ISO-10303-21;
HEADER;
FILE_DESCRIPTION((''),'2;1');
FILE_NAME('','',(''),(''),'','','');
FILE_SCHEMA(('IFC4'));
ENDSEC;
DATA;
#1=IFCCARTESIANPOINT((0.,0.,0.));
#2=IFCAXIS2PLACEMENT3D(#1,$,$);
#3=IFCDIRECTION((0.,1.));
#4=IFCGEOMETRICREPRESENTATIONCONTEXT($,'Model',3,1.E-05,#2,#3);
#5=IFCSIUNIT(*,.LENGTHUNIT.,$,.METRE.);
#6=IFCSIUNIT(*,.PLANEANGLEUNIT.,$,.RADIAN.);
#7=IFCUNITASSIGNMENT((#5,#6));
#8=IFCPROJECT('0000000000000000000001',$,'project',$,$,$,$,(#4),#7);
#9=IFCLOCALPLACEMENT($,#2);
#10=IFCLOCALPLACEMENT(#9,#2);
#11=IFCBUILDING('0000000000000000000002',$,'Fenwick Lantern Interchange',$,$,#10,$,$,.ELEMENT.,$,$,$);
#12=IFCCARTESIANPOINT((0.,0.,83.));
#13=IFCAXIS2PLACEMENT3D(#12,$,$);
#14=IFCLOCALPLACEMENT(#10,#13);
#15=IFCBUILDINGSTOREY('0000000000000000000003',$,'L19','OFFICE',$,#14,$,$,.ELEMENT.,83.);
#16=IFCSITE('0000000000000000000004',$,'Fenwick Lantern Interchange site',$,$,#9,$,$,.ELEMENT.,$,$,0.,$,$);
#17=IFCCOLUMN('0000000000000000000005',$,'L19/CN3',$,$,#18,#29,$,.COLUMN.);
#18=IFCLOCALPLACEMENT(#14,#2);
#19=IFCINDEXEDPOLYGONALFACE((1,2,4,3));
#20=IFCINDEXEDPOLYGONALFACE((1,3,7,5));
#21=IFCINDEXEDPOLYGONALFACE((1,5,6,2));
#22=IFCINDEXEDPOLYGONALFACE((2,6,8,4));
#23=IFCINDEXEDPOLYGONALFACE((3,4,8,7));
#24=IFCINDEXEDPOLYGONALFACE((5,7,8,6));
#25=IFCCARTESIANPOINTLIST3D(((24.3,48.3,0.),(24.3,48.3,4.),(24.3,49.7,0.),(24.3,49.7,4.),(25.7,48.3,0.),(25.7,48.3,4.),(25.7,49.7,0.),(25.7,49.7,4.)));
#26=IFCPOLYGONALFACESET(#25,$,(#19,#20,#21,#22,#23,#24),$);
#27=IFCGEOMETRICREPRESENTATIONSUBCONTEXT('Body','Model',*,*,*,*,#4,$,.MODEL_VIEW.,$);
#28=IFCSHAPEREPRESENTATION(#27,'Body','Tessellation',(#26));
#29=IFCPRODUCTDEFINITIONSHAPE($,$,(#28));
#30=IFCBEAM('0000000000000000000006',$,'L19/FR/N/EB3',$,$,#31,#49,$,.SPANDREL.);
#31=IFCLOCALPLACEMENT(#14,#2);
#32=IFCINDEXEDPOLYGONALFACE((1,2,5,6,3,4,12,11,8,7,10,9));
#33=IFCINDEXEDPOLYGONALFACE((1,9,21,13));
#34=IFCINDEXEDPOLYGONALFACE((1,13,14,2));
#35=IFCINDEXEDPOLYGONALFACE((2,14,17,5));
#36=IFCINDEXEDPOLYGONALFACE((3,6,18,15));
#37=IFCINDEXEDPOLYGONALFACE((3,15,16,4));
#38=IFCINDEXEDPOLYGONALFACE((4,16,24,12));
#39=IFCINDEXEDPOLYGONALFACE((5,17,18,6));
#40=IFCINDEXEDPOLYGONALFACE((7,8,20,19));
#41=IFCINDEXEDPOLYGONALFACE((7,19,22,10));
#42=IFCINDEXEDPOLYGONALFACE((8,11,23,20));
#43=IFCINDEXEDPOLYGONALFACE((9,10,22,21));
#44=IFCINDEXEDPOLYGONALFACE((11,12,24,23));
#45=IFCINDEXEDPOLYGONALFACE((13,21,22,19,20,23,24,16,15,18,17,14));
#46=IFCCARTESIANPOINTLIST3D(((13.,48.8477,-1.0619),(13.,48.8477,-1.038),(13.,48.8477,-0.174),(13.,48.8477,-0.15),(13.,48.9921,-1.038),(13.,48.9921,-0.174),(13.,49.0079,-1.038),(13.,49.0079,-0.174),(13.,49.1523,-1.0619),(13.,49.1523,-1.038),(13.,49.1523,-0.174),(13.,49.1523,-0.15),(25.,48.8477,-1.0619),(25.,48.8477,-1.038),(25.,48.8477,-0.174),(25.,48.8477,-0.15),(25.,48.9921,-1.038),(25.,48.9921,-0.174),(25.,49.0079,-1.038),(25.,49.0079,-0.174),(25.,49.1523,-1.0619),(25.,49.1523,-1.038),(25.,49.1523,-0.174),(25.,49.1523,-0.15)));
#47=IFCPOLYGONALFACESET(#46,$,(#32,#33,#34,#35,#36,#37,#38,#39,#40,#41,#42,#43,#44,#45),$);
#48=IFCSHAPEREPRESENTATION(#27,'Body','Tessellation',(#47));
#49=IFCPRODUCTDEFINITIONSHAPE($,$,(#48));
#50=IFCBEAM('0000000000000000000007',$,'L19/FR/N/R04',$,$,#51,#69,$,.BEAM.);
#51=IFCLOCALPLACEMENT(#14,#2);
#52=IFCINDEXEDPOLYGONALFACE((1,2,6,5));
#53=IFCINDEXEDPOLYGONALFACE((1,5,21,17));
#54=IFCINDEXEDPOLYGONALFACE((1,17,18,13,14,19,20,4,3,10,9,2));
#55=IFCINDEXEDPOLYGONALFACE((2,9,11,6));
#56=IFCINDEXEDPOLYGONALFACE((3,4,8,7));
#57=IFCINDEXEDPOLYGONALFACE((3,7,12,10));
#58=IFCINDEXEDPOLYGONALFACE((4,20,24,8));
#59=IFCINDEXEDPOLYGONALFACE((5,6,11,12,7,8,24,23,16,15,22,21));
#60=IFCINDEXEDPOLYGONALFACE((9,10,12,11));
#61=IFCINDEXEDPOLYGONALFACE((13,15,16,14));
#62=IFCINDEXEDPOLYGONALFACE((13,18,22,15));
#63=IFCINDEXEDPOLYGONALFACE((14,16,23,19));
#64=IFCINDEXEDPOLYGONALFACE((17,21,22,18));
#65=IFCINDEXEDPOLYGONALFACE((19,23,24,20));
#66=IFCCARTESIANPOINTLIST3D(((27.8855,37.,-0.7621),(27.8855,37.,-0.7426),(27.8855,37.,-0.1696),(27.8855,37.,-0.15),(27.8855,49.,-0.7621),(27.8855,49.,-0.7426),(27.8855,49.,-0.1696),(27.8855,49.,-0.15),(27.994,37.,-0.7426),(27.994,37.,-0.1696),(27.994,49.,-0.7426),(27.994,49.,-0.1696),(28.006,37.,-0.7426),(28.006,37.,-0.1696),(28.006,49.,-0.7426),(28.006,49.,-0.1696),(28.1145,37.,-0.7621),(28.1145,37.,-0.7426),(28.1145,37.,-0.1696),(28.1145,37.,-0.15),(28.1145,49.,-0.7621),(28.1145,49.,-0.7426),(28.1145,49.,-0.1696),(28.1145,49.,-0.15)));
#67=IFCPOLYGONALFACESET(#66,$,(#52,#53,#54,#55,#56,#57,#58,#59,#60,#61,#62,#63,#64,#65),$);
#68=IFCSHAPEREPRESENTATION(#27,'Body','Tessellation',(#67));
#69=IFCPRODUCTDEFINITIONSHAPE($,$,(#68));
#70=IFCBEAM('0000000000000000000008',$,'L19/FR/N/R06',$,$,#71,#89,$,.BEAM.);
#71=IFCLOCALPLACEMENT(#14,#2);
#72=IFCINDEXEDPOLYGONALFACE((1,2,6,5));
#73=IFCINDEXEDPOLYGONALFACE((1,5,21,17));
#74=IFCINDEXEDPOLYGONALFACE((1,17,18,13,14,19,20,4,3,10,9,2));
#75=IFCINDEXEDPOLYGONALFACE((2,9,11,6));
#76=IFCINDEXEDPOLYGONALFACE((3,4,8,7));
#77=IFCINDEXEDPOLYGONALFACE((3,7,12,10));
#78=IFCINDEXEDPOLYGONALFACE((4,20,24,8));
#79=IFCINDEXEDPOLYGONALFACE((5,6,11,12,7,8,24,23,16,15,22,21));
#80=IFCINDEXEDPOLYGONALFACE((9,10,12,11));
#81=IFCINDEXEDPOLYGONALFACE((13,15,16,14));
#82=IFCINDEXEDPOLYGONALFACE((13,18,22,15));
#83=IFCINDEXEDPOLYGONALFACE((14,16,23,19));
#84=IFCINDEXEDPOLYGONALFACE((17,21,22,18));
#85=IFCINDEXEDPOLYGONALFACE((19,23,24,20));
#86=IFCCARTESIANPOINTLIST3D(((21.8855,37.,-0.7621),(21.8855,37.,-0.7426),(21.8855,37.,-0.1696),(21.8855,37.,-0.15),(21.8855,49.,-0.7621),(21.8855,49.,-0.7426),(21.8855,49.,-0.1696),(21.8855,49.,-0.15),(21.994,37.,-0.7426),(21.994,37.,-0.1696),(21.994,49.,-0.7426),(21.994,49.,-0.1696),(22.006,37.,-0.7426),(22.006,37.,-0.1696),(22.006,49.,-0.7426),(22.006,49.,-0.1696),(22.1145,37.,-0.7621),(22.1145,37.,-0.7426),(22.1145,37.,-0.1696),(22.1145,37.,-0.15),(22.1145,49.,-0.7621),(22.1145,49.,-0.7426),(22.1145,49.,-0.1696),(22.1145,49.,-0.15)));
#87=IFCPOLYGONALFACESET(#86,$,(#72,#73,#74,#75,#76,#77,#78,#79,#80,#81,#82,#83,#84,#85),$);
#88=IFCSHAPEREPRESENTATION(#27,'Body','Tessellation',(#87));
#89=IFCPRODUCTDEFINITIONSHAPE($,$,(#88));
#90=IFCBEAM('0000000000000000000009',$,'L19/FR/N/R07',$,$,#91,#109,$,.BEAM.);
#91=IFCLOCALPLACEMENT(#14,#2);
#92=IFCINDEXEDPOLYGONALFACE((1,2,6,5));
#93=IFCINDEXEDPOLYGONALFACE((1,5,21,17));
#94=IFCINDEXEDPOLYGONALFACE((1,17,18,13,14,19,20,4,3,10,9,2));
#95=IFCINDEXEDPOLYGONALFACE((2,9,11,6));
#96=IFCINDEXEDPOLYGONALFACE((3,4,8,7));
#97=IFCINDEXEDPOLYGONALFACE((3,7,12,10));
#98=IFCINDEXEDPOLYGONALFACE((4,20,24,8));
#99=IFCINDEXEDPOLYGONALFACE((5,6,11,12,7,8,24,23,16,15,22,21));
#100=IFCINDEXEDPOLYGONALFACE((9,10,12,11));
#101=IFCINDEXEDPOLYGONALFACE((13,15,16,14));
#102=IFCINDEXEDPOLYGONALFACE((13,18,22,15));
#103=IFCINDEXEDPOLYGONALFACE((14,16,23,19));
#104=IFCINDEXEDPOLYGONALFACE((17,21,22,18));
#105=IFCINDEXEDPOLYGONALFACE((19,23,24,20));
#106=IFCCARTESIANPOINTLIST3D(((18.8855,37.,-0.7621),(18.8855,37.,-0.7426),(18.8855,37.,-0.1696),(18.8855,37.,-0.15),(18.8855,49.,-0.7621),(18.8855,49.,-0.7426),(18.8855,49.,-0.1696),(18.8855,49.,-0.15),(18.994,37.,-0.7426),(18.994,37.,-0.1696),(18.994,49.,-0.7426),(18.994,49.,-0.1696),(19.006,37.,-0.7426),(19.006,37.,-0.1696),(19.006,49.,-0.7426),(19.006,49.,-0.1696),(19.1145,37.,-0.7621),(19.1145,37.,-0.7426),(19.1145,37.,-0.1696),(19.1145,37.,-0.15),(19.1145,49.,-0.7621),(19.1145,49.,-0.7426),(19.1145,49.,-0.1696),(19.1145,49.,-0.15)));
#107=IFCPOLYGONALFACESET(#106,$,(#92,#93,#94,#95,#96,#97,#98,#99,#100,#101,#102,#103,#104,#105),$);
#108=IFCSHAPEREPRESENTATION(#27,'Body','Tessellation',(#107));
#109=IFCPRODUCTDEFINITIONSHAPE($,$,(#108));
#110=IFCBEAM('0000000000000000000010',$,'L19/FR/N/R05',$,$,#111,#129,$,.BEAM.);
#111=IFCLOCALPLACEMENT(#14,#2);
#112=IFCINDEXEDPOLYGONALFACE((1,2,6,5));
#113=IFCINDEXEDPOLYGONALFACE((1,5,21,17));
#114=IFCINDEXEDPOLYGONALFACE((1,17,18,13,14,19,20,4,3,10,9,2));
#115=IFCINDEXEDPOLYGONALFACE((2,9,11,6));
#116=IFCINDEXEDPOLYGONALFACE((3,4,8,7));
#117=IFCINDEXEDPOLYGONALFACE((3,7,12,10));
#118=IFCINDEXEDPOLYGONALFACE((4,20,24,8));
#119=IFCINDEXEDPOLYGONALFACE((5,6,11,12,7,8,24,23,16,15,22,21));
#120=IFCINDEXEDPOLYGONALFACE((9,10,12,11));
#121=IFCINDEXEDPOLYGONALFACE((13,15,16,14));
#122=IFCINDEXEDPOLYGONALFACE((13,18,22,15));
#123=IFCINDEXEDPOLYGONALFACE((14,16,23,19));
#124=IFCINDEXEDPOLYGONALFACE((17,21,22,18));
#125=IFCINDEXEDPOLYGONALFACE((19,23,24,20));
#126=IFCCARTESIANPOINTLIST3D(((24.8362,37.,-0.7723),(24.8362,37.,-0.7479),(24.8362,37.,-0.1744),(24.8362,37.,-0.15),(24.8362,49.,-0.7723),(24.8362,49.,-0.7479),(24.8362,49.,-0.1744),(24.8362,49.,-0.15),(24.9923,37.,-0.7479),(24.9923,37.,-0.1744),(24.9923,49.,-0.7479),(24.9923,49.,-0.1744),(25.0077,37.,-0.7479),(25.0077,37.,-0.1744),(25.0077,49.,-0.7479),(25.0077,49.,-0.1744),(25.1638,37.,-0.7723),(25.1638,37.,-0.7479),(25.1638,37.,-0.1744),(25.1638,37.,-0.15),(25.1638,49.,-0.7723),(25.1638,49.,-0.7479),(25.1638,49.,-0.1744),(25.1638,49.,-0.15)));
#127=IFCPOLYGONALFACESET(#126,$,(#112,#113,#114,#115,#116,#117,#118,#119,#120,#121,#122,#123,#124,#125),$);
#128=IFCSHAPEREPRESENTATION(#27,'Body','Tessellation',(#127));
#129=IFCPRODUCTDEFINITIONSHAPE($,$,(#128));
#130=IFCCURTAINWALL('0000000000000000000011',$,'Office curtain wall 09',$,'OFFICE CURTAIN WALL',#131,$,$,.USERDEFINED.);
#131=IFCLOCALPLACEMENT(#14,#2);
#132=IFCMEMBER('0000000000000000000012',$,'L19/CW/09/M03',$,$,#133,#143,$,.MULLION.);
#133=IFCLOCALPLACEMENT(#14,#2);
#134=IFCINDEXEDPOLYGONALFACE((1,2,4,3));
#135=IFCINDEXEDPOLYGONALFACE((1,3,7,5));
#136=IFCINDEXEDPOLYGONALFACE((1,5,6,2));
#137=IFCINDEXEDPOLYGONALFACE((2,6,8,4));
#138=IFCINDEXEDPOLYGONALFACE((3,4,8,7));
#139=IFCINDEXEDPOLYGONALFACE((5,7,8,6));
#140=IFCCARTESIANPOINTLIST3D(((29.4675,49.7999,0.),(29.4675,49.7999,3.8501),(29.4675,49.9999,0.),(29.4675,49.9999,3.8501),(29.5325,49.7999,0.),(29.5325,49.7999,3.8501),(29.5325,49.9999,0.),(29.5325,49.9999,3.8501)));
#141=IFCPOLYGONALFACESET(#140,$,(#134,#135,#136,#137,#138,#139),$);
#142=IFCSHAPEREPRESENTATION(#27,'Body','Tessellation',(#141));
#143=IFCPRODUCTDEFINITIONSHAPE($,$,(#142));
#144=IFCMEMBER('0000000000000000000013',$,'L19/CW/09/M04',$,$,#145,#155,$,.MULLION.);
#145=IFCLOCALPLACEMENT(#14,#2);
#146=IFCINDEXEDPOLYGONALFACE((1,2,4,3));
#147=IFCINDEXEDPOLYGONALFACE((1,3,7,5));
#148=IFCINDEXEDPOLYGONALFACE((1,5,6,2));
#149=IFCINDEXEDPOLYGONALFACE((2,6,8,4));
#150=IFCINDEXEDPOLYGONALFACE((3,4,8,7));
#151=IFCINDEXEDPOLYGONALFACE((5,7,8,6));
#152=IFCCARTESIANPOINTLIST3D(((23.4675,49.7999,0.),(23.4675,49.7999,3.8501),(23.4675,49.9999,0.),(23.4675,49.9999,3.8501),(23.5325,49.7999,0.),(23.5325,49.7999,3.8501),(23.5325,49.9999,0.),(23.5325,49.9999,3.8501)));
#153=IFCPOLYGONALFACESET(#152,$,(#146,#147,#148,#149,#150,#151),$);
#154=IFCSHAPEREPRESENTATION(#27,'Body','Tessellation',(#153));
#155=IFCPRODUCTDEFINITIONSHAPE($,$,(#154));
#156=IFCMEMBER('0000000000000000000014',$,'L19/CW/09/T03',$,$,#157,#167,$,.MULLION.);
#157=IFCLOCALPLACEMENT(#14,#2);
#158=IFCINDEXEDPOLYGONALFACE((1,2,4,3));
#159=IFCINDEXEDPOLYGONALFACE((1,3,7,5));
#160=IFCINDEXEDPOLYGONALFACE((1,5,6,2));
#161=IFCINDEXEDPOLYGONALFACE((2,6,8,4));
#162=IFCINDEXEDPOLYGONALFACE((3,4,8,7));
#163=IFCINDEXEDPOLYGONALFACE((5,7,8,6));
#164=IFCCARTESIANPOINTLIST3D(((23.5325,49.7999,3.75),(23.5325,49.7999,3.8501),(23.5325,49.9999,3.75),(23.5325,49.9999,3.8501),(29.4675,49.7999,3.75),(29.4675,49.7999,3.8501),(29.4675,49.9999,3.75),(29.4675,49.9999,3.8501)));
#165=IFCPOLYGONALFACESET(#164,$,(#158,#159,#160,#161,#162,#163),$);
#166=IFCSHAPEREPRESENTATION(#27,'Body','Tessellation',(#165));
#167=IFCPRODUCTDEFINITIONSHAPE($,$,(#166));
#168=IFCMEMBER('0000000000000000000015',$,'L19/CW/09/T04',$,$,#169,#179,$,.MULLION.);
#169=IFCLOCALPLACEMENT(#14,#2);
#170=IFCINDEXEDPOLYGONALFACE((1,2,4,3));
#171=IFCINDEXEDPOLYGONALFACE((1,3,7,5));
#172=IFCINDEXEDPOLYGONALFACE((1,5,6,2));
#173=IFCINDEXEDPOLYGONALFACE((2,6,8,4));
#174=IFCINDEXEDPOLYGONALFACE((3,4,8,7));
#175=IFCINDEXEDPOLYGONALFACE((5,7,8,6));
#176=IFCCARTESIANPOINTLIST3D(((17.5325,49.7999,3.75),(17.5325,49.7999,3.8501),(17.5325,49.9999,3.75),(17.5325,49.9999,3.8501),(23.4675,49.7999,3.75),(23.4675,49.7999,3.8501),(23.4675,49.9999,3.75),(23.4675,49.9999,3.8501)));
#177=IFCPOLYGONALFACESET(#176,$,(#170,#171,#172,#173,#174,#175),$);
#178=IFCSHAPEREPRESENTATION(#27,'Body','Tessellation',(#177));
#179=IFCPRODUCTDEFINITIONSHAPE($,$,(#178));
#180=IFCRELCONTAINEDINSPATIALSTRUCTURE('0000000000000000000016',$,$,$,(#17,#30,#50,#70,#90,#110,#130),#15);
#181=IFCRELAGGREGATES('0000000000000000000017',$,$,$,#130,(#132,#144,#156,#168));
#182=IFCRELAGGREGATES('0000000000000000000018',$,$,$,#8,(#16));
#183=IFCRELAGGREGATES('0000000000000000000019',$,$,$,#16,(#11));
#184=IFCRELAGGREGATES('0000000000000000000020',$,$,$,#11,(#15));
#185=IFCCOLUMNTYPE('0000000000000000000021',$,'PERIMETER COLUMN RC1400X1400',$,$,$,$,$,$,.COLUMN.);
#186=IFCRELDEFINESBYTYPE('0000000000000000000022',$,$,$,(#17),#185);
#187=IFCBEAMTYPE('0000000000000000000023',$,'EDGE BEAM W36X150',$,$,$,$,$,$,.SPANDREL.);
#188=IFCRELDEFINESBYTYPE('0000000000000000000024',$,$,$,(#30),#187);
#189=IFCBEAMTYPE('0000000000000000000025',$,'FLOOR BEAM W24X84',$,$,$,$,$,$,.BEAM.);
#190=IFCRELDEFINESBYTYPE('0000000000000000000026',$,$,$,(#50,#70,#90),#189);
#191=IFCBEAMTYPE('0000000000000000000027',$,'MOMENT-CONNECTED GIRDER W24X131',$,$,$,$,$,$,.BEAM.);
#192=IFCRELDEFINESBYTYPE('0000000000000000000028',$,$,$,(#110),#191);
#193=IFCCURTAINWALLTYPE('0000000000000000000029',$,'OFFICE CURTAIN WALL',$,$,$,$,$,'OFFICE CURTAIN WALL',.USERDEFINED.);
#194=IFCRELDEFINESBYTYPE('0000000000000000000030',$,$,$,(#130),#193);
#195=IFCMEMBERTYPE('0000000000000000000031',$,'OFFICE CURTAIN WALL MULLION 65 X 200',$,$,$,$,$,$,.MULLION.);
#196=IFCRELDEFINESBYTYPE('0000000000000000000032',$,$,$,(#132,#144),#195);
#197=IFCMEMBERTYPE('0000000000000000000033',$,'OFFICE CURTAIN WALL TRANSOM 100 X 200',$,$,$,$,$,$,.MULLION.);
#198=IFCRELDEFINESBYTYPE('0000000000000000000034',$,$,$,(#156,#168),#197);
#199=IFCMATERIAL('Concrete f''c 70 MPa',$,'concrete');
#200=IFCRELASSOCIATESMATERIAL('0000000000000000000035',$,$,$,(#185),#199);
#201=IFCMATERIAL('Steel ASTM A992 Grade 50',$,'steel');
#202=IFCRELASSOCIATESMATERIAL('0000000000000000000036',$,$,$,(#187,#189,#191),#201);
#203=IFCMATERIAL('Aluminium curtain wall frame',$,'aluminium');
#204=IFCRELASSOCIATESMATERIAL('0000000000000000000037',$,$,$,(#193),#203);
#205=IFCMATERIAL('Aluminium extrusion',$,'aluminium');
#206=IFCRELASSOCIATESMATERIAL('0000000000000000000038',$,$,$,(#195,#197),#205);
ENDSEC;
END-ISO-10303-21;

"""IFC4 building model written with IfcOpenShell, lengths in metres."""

from ifc_helpers import new_model, si_unit, direction, frame, origin, origin_2d, place, context, subcontext, project, spatial, rectangle, i_section, extrude, material, material_profile, profile_set, type_object, element, aggregate, save


model = new_model("IFC4")

# Units and contexts
model_context = context("Model", 3, precision=1e-05, world=origin(), true_north=direction((0.0, 1.0)))
body_context = subcontext(model_context, "Body", "Model", "MODEL_VIEW")
ifc_project = project(units=[si_unit("LENGTHUNIT", "METRE"), si_unit("PLANEANGLEUNIT", "RADIAN")], contexts=[model_context])

# Site, building, storey
site_placement = place(None, origin())
site = spatial("IfcSite", under=ifc_project, at=site_placement, Name="Fenwick Lantern Interchange site", CompositionType="ELEMENT", RefElevation=0.0)
building_placement = place(site_placement, origin())
building = spatial("IfcBuilding", under=site, at=building_placement, Name="Fenwick Lantern Interchange", CompositionType="ELEMENT")
storey_placement = place(building_placement, frame((0.0, 0.0, 83.0)))
storey = spatial("IfcBuildingStorey", under=building, at=storey_placement, Name="L19", Description="OFFICE", CompositionType="ELEMENT", Elevation=83.0)

# Column
ifc_material_1 = material(Name="Concrete f'c 70 MPa", Category="concrete")
ifc_material_profile_1 = material_profile(ifc_material_1, rectangle(XDim=1.3999, YDim=1.3999, at=origin_2d()), Name="RC1400X1400")
ifc_profile_set_1 = profile_set([ifc_material_profile_1], Name="Concrete f'c 70 MPa")
column_type = type_object("IfcColumnType", Name="PERIMETER COLUMN RC1400X1400", PredefinedType="COLUMN", material=ifc_profile_set_1)
column_placement = place(storey_placement, frame((25.0, 49.0, 0.0), z_axis=(0.0, 0.0, 1.0), x_axis=(1.0, 0.0, 0.0)))
element("IfcColumn", 1, at=column_placement, inside=storey, type_object=column_type, Name="L19/CN3", PredefinedType="COLUMN", context=body_context, shape_type="SweptSolid", body=[
    extrude(rectangle(XDim=1.3999, YDim=1.3999, at=origin_2d()), origin(), (0.0, 0.0, 1.0), 4.0),
])

# Beams
ifc_material_2 = material(Name="Steel ASTM A992 Grade 50", Category="steel")
ifc_material_profile_2 = material_profile(ifc_material_2, i_section(OverallWidth=0.3047, OverallDepth=0.9119, WebThickness=0.0159, FlangeThickness=0.0239, at=origin_2d()), Name="W36X150")
ifc_profile_set_2 = profile_set([ifc_material_profile_2], Name="Steel ASTM A992 Grade 50")
beam_type_1 = type_object("IfcBeamType", Name="EDGE BEAM W36X150", PredefinedType="SPANDREL", material=ifc_profile_set_2)
beam_1_placement = place(storey_placement, frame((25.0, 49.0, -0.606), z_axis=(-1.0, 0.0, 0.0), x_axis=(0.0, -1.0, 0.0)))
element("IfcBeam", 2, at=beam_1_placement, inside=storey, type_object=beam_type_1, Name="L19/FR/N/EB3", PredefinedType="SPANDREL", context=body_context, shape_type="SweptSolid", body=[
    extrude(i_section(OverallWidth=0.3047, OverallDepth=0.9119, WebThickness=0.0159, FlangeThickness=0.0239, at=origin_2d()), origin(), (0.0, 0.0, 1.0), 12.0),
])
ifc_material_profile_3 = material_profile(ifc_material_2, i_section(OverallWidth=0.229, OverallDepth=0.6121, WebThickness=0.012, FlangeThickness=0.0195, at=origin_2d()), Name="W24X84")
ifc_profile_set_3 = profile_set([ifc_material_profile_3], Name="Steel ASTM A992 Grade 50")
beam_type_2 = type_object("IfcBeamType", Name="FLOOR BEAM W24X84", PredefinedType="BEAM", material=ifc_profile_set_3)
for number, where, z_axis, x_axis, name in (
    (3, (28.0, 49.0, -0.4561), (0.0, -1.0, 0.0), (1.0, 0.0, 0.0), "L19/FR/N/R04"),
    (4, (22.0, 49.0, -0.4561), (0.0, -1.0, 0.0), (1.0, 0.0, 0.0), "L19/FR/N/R06"),
    (5, (19.0, 49.0, -0.4561), (0.0, -1.0, 0.0), (1.0, 0.0, 0.0), "L19/FR/N/R07"),
):
    element("IfcBeam", number, at=place(storey_placement, frame(where, z_axis=z_axis, x_axis=x_axis)), inside=storey, type_object=beam_type_2, Name=name, PredefinedType="BEAM", context=body_context, shape_type="SweptSolid", body=[
        extrude(i_section(OverallWidth=0.229, OverallDepth=0.6121, WebThickness=0.012, FlangeThickness=0.0195, at=origin_2d()), origin(), (0.0, 0.0, 1.0), 12.0),
    ])
ifc_material_profile_4 = material_profile(ifc_material_2, i_section(OverallWidth=0.3276, OverallDepth=0.6223, WebThickness=0.0154, FlangeThickness=0.0244, at=origin_2d()), Name="W24X131")
ifc_profile_set_4 = profile_set([ifc_material_profile_4], Name="Steel ASTM A992 Grade 50")
beam_type_3 = type_object("IfcBeamType", Name="MOMENT-CONNECTED GIRDER W24X131", PredefinedType="BEAM", material=ifc_profile_set_4)
beam_2_placement = place(storey_placement, frame((25.0, 49.0, -0.4612), z_axis=(0.0, -1.0, 0.0), x_axis=(1.0, 0.0, 0.0)))
element("IfcBeam", 6, at=beam_2_placement, inside=storey, type_object=beam_type_3, Name="L19/FR/N/R05", PredefinedType="BEAM", context=body_context, shape_type="SweptSolid", body=[
    extrude(i_section(OverallWidth=0.3276, OverallDepth=0.6223, WebThickness=0.0154, FlangeThickness=0.0244, at=origin_2d()), origin(), (0.0, 0.0, 1.0), 12.0),
])

# Curtain wall, members
ifc_material_3 = material(Name="Aluminium curtain wall frame", Category="aluminium")
curtain_wall_type = type_object("IfcCurtainWallType", Name="OFFICE CURTAIN WALL", ElementType="OFFICE CURTAIN WALL", PredefinedType="USERDEFINED", material=ifc_material_3)
curtain_wall_placement = place(storey_placement, origin())
curtain_wall = element("IfcCurtainWall", 7, at=curtain_wall_placement, inside=storey, type_object=curtain_wall_type, Name="Office curtain wall 09", ObjectType="OFFICE CURTAIN WALL", PredefinedType="USERDEFINED")
ifc_material_4 = material(Name="Aluminium extrusion", Category="aluminium")
ifc_material_profile_5 = material_profile(ifc_material_4, rectangle(XDim=0.2, YDim=0.0649, at=origin_2d()), Name="OFFICE CURTAIN WALL MULLION 65 X 200")
ifc_profile_set_5 = profile_set([ifc_material_profile_5], Name="Aluminium extrusion")
member_type_1 = type_object("IfcMemberType", Name="OFFICE CURTAIN WALL MULLION 65 X 200", PredefinedType="MULLION", material=ifc_profile_set_5)
member_1_placement = place(storey_placement, frame((29.5, 49.8999, 0.0), z_axis=(0.0, 0.0, 1.0), x_axis=(0.0, -1.0, 0.0)))
member_1 = element("IfcMember", 8, at=member_1_placement, type_object=member_type_1, Name="L19/CW/09/M03", PredefinedType="MULLION", context=body_context, shape_type="SweptSolid", body=[
    extrude(rectangle(XDim=0.2, YDim=0.0649, at=origin_2d()), origin(), (0.0, 0.0, 1.0), 3.8501),
])
member_2_placement = place(storey_placement, frame((23.5, 49.8999, 0.0), z_axis=(0.0, 0.0, 1.0), x_axis=(0.0, -1.0, 0.0)))
member_2 = element("IfcMember", 9, at=member_2_placement, type_object=member_type_1, Name="L19/CW/09/M04", PredefinedType="MULLION", context=body_context, shape_type="SweptSolid", body=[
    extrude(rectangle(XDim=0.2, YDim=0.0649, at=origin_2d()), origin(), (0.0, 0.0, 1.0), 3.8501),
])
ifc_material_profile_6 = material_profile(ifc_material_4, rectangle(XDim=0.2, YDim=0.1001, at=origin_2d()), Name="OFFICE CURTAIN WALL TRANSOM 100 X 200")
ifc_profile_set_6 = profile_set([ifc_material_profile_6], Name="Aluminium extrusion")
member_type_2 = type_object("IfcMemberType", Name="OFFICE CURTAIN WALL TRANSOM 100 X 200", PredefinedType="MULLION", material=ifc_profile_set_6)
member_3_placement = place(storey_placement, frame((29.4675, 49.8999, 3.8), z_axis=(-1.0, 0.0, 0.0), x_axis=(0.0, -1.0, 0.0)))
member_3 = element("IfcMember", 10, at=member_3_placement, type_object=member_type_2, Name="L19/CW/09/T03", PredefinedType="MULLION", context=body_context, shape_type="SweptSolid", body=[
    extrude(rectangle(XDim=0.2, YDim=0.1001, at=origin_2d()), origin(), (0.0, 0.0, 1.0), 5.9351),
])
member_4_placement = place(storey_placement, frame((23.4675, 49.8999, 3.8), z_axis=(-1.0, 0.0, 0.0), x_axis=(0.0, -1.0, 0.0)))
member_4 = element("IfcMember", 11, at=member_4_placement, type_object=member_type_2, Name="L19/CW/09/T04", PredefinedType="MULLION", context=body_context, shape_type="SweptSolid", body=[
    extrude(rectangle(XDim=0.2, YDim=0.1001, at=origin_2d()), origin(), (0.0, 0.0, 1.0), 5.9351),
])
aggregate(curtain_wall, [member_1, member_2, member_3, member_4])

save(model, "model.ifc")
